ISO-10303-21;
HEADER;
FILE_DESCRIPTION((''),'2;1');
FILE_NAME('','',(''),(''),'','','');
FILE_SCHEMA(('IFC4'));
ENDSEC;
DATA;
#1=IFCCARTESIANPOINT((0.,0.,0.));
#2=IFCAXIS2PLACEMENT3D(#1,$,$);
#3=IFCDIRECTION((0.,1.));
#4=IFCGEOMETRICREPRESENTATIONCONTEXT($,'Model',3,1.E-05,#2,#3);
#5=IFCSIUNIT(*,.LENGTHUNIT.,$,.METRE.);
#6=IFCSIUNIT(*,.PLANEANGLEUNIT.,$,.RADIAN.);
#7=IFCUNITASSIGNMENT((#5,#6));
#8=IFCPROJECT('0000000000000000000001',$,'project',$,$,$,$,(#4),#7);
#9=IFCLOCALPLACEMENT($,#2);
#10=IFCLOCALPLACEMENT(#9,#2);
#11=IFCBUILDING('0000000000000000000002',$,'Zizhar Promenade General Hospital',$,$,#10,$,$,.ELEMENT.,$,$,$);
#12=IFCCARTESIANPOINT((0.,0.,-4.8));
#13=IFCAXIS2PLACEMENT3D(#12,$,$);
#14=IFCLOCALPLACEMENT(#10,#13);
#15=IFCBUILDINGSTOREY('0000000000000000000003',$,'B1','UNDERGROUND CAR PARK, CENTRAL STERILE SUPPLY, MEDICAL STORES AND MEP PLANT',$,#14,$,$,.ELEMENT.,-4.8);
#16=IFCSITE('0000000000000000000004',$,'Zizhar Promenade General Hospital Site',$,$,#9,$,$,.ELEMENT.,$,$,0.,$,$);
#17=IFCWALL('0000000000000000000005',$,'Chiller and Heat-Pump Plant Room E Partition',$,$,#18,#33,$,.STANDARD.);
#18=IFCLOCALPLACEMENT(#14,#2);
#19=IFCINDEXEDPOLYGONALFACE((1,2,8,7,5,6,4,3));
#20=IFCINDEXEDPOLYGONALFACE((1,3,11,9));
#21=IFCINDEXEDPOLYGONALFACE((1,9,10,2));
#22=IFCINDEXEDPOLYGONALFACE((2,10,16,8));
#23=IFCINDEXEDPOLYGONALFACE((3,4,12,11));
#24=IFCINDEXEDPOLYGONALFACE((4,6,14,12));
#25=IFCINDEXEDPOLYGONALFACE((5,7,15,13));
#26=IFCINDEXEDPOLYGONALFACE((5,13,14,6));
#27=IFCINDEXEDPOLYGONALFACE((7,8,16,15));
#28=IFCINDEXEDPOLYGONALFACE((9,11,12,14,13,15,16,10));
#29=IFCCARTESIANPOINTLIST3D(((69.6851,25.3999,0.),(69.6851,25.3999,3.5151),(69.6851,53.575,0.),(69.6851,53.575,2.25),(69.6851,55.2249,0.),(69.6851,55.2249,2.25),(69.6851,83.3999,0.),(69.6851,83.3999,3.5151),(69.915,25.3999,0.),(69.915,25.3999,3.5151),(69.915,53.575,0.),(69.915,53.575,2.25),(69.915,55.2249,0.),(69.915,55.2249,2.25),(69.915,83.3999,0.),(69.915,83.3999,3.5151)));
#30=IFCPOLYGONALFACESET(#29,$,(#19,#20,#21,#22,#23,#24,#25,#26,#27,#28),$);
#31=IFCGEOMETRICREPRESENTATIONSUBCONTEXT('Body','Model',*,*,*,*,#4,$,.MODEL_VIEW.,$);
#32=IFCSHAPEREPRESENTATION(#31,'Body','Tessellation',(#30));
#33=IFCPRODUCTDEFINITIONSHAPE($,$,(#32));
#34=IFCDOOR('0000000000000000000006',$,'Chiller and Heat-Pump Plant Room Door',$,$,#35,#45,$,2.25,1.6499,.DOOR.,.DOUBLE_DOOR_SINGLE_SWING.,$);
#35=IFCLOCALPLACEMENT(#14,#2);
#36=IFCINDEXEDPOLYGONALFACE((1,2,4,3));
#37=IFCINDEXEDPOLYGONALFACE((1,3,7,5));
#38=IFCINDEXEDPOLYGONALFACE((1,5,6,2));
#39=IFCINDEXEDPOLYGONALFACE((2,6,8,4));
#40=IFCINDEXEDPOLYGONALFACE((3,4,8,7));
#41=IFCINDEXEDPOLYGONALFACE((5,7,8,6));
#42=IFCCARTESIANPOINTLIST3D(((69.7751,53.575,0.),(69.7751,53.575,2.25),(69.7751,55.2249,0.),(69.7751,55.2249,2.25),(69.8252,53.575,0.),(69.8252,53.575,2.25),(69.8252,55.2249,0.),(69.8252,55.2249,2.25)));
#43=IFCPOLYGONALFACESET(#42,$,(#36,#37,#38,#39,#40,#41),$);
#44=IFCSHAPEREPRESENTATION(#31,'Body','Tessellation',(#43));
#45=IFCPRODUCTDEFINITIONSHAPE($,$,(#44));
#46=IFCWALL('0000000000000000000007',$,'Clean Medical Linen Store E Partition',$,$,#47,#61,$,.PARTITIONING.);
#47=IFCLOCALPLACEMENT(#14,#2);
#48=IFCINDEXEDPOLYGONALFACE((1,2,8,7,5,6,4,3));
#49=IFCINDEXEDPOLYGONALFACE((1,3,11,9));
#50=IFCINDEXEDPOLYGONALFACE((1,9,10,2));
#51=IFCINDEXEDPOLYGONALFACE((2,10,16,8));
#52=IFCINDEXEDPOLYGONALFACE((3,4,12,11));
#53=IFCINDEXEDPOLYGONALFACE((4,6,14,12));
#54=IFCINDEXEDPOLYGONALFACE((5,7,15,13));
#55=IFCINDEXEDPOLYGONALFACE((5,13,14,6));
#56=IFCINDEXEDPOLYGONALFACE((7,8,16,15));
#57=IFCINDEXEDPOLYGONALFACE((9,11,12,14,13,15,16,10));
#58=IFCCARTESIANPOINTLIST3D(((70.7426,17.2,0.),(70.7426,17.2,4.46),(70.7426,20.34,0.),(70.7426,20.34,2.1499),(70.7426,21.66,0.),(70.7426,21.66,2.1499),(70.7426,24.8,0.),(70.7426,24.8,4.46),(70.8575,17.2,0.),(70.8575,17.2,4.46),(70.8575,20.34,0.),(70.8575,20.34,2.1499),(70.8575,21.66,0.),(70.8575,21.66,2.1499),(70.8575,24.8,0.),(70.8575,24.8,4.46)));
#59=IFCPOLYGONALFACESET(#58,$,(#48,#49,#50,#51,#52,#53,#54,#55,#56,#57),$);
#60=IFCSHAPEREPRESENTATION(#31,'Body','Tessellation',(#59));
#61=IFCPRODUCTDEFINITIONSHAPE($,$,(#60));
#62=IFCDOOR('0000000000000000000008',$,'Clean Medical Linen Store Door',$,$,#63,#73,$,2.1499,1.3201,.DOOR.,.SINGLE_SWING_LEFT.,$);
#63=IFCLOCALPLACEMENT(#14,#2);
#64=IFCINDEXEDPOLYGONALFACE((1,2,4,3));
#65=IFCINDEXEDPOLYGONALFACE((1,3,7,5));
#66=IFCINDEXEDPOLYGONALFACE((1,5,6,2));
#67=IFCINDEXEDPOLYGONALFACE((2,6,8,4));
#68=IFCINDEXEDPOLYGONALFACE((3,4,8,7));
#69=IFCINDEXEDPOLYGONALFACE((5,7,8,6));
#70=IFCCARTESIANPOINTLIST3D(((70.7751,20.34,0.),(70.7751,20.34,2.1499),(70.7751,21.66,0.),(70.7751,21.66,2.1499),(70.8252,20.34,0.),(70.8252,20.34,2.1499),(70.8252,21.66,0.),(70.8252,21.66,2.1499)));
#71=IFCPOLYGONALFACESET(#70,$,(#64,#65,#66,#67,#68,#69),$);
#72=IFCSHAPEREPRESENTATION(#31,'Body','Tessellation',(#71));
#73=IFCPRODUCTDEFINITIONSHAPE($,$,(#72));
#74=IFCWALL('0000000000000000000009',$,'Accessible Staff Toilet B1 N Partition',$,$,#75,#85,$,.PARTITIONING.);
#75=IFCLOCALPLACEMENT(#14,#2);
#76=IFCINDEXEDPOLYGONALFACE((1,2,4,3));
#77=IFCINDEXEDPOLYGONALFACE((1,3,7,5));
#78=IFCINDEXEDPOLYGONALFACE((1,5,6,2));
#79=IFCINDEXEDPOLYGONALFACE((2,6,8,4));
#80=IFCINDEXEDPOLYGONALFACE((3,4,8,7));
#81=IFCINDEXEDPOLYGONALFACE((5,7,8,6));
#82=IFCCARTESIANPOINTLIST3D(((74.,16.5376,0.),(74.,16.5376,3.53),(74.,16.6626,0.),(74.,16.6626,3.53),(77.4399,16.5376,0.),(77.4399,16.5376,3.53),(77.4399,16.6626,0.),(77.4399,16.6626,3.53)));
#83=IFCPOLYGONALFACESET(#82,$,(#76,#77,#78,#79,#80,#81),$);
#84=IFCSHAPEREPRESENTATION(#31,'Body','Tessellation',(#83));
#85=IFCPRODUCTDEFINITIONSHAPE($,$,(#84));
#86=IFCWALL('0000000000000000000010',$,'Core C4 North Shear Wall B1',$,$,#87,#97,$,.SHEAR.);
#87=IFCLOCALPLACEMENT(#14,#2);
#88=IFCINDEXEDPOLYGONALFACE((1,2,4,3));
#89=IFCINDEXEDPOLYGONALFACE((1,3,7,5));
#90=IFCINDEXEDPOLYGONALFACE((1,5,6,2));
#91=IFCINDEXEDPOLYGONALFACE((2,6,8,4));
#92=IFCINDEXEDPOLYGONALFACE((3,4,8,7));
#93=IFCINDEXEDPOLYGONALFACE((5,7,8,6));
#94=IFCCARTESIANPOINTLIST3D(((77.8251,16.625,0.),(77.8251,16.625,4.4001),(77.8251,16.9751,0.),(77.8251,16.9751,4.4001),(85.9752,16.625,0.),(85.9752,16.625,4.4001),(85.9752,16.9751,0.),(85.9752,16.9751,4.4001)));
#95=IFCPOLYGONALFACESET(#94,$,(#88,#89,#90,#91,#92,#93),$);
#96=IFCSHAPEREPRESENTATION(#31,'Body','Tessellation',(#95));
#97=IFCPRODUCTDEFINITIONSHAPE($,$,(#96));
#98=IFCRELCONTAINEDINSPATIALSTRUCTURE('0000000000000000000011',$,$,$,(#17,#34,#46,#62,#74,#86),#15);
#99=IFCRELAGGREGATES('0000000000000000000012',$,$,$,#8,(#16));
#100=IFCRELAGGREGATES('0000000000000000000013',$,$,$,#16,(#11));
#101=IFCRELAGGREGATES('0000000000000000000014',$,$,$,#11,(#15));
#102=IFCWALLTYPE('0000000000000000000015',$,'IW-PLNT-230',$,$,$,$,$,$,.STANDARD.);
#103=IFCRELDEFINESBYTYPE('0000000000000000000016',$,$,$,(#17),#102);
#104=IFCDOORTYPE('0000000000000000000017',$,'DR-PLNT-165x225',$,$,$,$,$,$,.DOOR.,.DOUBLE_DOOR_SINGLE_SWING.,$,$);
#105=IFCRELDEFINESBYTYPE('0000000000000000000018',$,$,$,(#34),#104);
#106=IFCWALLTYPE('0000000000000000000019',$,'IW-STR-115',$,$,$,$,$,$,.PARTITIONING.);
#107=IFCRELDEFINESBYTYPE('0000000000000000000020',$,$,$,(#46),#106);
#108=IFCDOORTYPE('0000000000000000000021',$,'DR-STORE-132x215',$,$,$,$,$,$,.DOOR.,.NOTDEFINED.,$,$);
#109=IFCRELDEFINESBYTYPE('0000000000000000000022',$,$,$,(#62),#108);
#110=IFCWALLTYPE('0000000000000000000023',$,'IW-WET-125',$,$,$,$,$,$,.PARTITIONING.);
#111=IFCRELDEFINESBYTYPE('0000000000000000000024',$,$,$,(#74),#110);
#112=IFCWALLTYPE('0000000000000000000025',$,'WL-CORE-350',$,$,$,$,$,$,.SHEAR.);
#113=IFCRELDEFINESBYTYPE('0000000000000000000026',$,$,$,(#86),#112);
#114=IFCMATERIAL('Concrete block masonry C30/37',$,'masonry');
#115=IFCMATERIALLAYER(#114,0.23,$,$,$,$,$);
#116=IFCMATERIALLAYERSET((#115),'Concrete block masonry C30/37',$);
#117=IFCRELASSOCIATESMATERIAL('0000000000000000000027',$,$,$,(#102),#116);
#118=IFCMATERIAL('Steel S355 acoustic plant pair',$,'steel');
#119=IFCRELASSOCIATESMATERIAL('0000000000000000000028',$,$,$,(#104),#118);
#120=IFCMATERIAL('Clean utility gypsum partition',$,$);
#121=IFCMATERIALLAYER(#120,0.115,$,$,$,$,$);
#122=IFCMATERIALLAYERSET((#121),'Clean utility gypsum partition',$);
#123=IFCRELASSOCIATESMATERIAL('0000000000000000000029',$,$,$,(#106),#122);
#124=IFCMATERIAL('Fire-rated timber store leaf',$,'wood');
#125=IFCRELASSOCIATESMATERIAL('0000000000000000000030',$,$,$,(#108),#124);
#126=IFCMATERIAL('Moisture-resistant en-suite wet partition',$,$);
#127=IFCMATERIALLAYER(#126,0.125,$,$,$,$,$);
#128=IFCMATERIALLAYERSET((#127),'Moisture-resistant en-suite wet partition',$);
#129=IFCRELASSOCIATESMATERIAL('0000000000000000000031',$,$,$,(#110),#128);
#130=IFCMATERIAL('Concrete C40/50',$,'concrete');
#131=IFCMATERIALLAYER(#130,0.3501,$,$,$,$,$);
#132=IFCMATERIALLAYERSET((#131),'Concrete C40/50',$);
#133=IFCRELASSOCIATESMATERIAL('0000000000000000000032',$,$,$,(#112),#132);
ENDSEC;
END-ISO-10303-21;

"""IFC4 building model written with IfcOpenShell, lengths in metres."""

from ifc_helpers import new_model, si_unit, direction, frame, frame_2d, origin, place, context, subcontext, project, spatial, rectangle, extrude, material, layer, layer_set, type_object, element, fill, save


model = new_model("IFC4")

# Units and contexts
model_context = context("Model", 3, precision=1e-05, world=origin(), true_north=direction((0.0, 1.0)))
body_context = subcontext(model_context, "Body", "Model", "MODEL_VIEW")
ifc_project = project(units=[si_unit("LENGTHUNIT", "METRE"), si_unit("PLANEANGLEUNIT", "RADIAN")], contexts=[model_context])

# Site, building, storey
site_placement = place(None, origin())
site = spatial("IfcSite", under=ifc_project, at=site_placement, Name="Zizhar Promenade General Hospital Site", CompositionType="ELEMENT", RefElevation=0.0)
building_placement = place(site_placement, origin())
building = spatial("IfcBuilding", under=site, at=building_placement, Name="Zizhar Promenade General Hospital", CompositionType="ELEMENT")
storey_placement = place(building_placement, frame((0.0, 0.0, -4.8)))
storey = spatial("IfcBuildingStorey", under=building, at=storey_placement, Name="B1", Description="UNDERGROUND CAR PARK, CENTRAL STERILE SUPPLY, MEDICAL STORES AND MEP PLANT", CompositionType="ELEMENT", Elevation=-4.8)

# Walls, openings, doors
ifc_material_1 = material(Name="Concrete block masonry C30/37", Category="masonry")
ifc_layer_1 = layer(ifc_material_1, 0.23)
ifc_layer_set_1 = layer_set([ifc_layer_1], Name="Concrete block masonry C30/37")
wall_type_1 = type_object("IfcWallType", Name="IW-PLNT-230", PredefinedType="STANDARD", material=ifc_layer_set_1)
wall_1_placement = place(storey_placement, frame((69.8, 25.3999, 0.0), z_axis=(0.0, 0.0, 1.0), x_axis=(0.0, 1.0, 0.0)))
wall_1 = element("IfcWall", 1, at=wall_1_placement, inside=storey, type_object=wall_type_1, Name="Chiller and Heat-Pump Plant Room E Partition", PredefinedType="STANDARD", context=body_context, shape_type="SweptSolid", body=[
    extrude(rectangle(XDim=58.0, YDim=0.23, at=frame_2d((29.0, 0.0))), origin(), (0.0, 0.0, 1.0), 3.5151),
])
opening_1_placement = place(wall_1_placement, frame((28.175, 0.0, 0.0)))
opening_1 = element("IfcOpeningElement", 2, at=opening_1_placement, cuts=wall_1, PredefinedType="OPENING", context=body_context, shape_type="SweptSolid", body=[
    extrude(rectangle(XDim=1.6499, YDim=2.25, at=frame_2d((0.825, 1.125))), frame((0.0, 0.125, 0.0), z_axis=(0.0, -1.0, 0.0), x_axis=(1.0, 0.0, 0.0)), (0.0, 0.0, 1.0), 0.25),
])
ifc_material_2 = material(Name="Steel S355 acoustic plant pair", Category="steel")
door_type_1 = type_object("IfcDoorType", Name="DR-PLNT-165x225", OperationType="DOUBLE_DOOR_SINGLE_SWING", PredefinedType="DOOR", material=ifc_material_2)
door_1_placement = place(opening_1_placement, origin())
door_1 = element("IfcDoor", 3, at=door_1_placement, inside=storey, type_object=door_type_1, Name="Chiller and Heat-Pump Plant Room Door", OperationType="DOUBLE_DOOR_SINGLE_SWING", OverallHeight=2.25, OverallWidth=1.6499, PredefinedType="DOOR", context=body_context, shape_type="SweptSolid", body=[
    extrude(rectangle(XDim=1.6499, YDim=2.25, at=frame_2d((0.825, 1.125))), frame((0.0, 0.0249, 0.0), z_axis=(0.0, -1.0, 0.0), x_axis=(1.0, 0.0, 0.0)), (0.0, 0.0, 1.0), 0.05),
])
fill(opening_1, door_1)
ifc_material_3 = material(Name="Clean utility gypsum partition")
ifc_layer_2 = layer(ifc_material_3, 0.115)
ifc_layer_set_2 = layer_set([ifc_layer_2], Name="Clean utility gypsum partition")
wall_type_2 = type_object("IfcWallType", Name="IW-STR-115", PredefinedType="PARTITIONING", material=ifc_layer_set_2)
wall_2_placement = place(storey_placement, frame((70.8, 17.2, 0.0), z_axis=(0.0, 0.0, 1.0), x_axis=(0.0, 1.0, 0.0)))
wall_2 = element("IfcWall", 4, at=wall_2_placement, inside=storey, type_object=wall_type_2, Name="Clean Medical Linen Store E Partition", PredefinedType="PARTITIONING", context=body_context, shape_type="SweptSolid", body=[
    extrude(rectangle(XDim=7.6001, YDim=0.115, at=frame_2d((3.8, 0.0))), origin(), (0.0, 0.0, 1.0), 4.46),
])
opening_2_placement = place(wall_2_placement, frame((3.1399, 0.0, 0.0)))
opening_2 = element("IfcOpeningElement", 5, at=opening_2_placement, cuts=wall_2, PredefinedType="OPENING", context=body_context, shape_type="SweptSolid", body=[
    extrude(rectangle(XDim=1.3201, YDim=2.1499, at=frame_2d((0.6602, 1.075))), frame((0.0, 0.0674, 0.0), z_axis=(0.0, -1.0, 0.0), x_axis=(1.0, 0.0, 0.0)), (0.0, 0.0, 1.0), 0.135),
])
ifc_material_4 = material(Name="Fire-rated timber store leaf", Category="wood")
door_type_2 = type_object("IfcDoorType", Name="DR-STORE-132x215", OperationType="NOTDEFINED", PredefinedType="DOOR", material=ifc_material_4)
door_2_placement = place(opening_2_placement, origin())
door_2 = element("IfcDoor", 6, at=door_2_placement, inside=storey, type_object=door_type_2, Name="Clean Medical Linen Store Door", OperationType="SINGLE_SWING_LEFT", OverallHeight=2.1499, OverallWidth=1.3201, PredefinedType="DOOR", context=body_context, shape_type="SweptSolid", body=[
    extrude(rectangle(XDim=1.3201, YDim=2.1499, at=frame_2d((0.6602, 1.075))), frame((0.0, 0.0249, 0.0), z_axis=(0.0, -1.0, 0.0), x_axis=(1.0, 0.0, 0.0)), (0.0, 0.0, 1.0), 0.05),
])
fill(opening_2, door_2)

# Walls
ifc_material_5 = material(Name="Moisture-resistant en-suite wet partition")
ifc_layer_3 = layer(ifc_material_5, 0.125)
ifc_layer_set_3 = layer_set([ifc_layer_3], Name="Moisture-resistant en-suite wet partition")
wall_type_3 = type_object("IfcWallType", Name="IW-WET-125", PredefinedType="PARTITIONING", material=ifc_layer_set_3)
wall_3_placement = place(storey_placement, frame((74.0, 16.6001, 0.0), z_axis=(0.0, 0.0, 1.0), x_axis=(1.0, 0.0, 0.0)))
element("IfcWall", 7, at=wall_3_placement, inside=storey, type_object=wall_type_3, Name="Accessible Staff Toilet B1 N Partition", PredefinedType="PARTITIONING", context=body_context, shape_type="SweptSolid", body=[
    extrude(rectangle(XDim=3.4399, YDim=0.125, at=frame_2d((1.72, 0.0))), origin(), (0.0, 0.0, 1.0), 3.53),
])
ifc_material_6 = material(Name="Concrete C40/50", Category="concrete")
ifc_layer_4 = layer(ifc_material_6, 0.3501)
ifc_layer_set_4 = layer_set([ifc_layer_4], Name="Concrete C40/50")
wall_type_4 = type_object("IfcWallType", Name="WL-CORE-350", PredefinedType="SHEAR", material=ifc_layer_set_4)
wall_4_placement = place(storey_placement, frame((77.825, 16.8, 0.0), z_axis=(0.0, 0.0, 1.0), x_axis=(1.0, 0.0, 0.0)))
element("IfcWall", 8, at=wall_4_placement, inside=storey, type_object=wall_type_4, Name="Core C4 North Shear Wall B1", PredefinedType="SHEAR", context=body_context, shape_type="SweptSolid", body=[
    extrude(rectangle(XDim=8.1501, YDim=0.3501, at=frame_2d((4.0752, 0.0))), origin(), (0.0, 0.0, 1.0), 4.4001),
])

save(model, "model.ifc")
